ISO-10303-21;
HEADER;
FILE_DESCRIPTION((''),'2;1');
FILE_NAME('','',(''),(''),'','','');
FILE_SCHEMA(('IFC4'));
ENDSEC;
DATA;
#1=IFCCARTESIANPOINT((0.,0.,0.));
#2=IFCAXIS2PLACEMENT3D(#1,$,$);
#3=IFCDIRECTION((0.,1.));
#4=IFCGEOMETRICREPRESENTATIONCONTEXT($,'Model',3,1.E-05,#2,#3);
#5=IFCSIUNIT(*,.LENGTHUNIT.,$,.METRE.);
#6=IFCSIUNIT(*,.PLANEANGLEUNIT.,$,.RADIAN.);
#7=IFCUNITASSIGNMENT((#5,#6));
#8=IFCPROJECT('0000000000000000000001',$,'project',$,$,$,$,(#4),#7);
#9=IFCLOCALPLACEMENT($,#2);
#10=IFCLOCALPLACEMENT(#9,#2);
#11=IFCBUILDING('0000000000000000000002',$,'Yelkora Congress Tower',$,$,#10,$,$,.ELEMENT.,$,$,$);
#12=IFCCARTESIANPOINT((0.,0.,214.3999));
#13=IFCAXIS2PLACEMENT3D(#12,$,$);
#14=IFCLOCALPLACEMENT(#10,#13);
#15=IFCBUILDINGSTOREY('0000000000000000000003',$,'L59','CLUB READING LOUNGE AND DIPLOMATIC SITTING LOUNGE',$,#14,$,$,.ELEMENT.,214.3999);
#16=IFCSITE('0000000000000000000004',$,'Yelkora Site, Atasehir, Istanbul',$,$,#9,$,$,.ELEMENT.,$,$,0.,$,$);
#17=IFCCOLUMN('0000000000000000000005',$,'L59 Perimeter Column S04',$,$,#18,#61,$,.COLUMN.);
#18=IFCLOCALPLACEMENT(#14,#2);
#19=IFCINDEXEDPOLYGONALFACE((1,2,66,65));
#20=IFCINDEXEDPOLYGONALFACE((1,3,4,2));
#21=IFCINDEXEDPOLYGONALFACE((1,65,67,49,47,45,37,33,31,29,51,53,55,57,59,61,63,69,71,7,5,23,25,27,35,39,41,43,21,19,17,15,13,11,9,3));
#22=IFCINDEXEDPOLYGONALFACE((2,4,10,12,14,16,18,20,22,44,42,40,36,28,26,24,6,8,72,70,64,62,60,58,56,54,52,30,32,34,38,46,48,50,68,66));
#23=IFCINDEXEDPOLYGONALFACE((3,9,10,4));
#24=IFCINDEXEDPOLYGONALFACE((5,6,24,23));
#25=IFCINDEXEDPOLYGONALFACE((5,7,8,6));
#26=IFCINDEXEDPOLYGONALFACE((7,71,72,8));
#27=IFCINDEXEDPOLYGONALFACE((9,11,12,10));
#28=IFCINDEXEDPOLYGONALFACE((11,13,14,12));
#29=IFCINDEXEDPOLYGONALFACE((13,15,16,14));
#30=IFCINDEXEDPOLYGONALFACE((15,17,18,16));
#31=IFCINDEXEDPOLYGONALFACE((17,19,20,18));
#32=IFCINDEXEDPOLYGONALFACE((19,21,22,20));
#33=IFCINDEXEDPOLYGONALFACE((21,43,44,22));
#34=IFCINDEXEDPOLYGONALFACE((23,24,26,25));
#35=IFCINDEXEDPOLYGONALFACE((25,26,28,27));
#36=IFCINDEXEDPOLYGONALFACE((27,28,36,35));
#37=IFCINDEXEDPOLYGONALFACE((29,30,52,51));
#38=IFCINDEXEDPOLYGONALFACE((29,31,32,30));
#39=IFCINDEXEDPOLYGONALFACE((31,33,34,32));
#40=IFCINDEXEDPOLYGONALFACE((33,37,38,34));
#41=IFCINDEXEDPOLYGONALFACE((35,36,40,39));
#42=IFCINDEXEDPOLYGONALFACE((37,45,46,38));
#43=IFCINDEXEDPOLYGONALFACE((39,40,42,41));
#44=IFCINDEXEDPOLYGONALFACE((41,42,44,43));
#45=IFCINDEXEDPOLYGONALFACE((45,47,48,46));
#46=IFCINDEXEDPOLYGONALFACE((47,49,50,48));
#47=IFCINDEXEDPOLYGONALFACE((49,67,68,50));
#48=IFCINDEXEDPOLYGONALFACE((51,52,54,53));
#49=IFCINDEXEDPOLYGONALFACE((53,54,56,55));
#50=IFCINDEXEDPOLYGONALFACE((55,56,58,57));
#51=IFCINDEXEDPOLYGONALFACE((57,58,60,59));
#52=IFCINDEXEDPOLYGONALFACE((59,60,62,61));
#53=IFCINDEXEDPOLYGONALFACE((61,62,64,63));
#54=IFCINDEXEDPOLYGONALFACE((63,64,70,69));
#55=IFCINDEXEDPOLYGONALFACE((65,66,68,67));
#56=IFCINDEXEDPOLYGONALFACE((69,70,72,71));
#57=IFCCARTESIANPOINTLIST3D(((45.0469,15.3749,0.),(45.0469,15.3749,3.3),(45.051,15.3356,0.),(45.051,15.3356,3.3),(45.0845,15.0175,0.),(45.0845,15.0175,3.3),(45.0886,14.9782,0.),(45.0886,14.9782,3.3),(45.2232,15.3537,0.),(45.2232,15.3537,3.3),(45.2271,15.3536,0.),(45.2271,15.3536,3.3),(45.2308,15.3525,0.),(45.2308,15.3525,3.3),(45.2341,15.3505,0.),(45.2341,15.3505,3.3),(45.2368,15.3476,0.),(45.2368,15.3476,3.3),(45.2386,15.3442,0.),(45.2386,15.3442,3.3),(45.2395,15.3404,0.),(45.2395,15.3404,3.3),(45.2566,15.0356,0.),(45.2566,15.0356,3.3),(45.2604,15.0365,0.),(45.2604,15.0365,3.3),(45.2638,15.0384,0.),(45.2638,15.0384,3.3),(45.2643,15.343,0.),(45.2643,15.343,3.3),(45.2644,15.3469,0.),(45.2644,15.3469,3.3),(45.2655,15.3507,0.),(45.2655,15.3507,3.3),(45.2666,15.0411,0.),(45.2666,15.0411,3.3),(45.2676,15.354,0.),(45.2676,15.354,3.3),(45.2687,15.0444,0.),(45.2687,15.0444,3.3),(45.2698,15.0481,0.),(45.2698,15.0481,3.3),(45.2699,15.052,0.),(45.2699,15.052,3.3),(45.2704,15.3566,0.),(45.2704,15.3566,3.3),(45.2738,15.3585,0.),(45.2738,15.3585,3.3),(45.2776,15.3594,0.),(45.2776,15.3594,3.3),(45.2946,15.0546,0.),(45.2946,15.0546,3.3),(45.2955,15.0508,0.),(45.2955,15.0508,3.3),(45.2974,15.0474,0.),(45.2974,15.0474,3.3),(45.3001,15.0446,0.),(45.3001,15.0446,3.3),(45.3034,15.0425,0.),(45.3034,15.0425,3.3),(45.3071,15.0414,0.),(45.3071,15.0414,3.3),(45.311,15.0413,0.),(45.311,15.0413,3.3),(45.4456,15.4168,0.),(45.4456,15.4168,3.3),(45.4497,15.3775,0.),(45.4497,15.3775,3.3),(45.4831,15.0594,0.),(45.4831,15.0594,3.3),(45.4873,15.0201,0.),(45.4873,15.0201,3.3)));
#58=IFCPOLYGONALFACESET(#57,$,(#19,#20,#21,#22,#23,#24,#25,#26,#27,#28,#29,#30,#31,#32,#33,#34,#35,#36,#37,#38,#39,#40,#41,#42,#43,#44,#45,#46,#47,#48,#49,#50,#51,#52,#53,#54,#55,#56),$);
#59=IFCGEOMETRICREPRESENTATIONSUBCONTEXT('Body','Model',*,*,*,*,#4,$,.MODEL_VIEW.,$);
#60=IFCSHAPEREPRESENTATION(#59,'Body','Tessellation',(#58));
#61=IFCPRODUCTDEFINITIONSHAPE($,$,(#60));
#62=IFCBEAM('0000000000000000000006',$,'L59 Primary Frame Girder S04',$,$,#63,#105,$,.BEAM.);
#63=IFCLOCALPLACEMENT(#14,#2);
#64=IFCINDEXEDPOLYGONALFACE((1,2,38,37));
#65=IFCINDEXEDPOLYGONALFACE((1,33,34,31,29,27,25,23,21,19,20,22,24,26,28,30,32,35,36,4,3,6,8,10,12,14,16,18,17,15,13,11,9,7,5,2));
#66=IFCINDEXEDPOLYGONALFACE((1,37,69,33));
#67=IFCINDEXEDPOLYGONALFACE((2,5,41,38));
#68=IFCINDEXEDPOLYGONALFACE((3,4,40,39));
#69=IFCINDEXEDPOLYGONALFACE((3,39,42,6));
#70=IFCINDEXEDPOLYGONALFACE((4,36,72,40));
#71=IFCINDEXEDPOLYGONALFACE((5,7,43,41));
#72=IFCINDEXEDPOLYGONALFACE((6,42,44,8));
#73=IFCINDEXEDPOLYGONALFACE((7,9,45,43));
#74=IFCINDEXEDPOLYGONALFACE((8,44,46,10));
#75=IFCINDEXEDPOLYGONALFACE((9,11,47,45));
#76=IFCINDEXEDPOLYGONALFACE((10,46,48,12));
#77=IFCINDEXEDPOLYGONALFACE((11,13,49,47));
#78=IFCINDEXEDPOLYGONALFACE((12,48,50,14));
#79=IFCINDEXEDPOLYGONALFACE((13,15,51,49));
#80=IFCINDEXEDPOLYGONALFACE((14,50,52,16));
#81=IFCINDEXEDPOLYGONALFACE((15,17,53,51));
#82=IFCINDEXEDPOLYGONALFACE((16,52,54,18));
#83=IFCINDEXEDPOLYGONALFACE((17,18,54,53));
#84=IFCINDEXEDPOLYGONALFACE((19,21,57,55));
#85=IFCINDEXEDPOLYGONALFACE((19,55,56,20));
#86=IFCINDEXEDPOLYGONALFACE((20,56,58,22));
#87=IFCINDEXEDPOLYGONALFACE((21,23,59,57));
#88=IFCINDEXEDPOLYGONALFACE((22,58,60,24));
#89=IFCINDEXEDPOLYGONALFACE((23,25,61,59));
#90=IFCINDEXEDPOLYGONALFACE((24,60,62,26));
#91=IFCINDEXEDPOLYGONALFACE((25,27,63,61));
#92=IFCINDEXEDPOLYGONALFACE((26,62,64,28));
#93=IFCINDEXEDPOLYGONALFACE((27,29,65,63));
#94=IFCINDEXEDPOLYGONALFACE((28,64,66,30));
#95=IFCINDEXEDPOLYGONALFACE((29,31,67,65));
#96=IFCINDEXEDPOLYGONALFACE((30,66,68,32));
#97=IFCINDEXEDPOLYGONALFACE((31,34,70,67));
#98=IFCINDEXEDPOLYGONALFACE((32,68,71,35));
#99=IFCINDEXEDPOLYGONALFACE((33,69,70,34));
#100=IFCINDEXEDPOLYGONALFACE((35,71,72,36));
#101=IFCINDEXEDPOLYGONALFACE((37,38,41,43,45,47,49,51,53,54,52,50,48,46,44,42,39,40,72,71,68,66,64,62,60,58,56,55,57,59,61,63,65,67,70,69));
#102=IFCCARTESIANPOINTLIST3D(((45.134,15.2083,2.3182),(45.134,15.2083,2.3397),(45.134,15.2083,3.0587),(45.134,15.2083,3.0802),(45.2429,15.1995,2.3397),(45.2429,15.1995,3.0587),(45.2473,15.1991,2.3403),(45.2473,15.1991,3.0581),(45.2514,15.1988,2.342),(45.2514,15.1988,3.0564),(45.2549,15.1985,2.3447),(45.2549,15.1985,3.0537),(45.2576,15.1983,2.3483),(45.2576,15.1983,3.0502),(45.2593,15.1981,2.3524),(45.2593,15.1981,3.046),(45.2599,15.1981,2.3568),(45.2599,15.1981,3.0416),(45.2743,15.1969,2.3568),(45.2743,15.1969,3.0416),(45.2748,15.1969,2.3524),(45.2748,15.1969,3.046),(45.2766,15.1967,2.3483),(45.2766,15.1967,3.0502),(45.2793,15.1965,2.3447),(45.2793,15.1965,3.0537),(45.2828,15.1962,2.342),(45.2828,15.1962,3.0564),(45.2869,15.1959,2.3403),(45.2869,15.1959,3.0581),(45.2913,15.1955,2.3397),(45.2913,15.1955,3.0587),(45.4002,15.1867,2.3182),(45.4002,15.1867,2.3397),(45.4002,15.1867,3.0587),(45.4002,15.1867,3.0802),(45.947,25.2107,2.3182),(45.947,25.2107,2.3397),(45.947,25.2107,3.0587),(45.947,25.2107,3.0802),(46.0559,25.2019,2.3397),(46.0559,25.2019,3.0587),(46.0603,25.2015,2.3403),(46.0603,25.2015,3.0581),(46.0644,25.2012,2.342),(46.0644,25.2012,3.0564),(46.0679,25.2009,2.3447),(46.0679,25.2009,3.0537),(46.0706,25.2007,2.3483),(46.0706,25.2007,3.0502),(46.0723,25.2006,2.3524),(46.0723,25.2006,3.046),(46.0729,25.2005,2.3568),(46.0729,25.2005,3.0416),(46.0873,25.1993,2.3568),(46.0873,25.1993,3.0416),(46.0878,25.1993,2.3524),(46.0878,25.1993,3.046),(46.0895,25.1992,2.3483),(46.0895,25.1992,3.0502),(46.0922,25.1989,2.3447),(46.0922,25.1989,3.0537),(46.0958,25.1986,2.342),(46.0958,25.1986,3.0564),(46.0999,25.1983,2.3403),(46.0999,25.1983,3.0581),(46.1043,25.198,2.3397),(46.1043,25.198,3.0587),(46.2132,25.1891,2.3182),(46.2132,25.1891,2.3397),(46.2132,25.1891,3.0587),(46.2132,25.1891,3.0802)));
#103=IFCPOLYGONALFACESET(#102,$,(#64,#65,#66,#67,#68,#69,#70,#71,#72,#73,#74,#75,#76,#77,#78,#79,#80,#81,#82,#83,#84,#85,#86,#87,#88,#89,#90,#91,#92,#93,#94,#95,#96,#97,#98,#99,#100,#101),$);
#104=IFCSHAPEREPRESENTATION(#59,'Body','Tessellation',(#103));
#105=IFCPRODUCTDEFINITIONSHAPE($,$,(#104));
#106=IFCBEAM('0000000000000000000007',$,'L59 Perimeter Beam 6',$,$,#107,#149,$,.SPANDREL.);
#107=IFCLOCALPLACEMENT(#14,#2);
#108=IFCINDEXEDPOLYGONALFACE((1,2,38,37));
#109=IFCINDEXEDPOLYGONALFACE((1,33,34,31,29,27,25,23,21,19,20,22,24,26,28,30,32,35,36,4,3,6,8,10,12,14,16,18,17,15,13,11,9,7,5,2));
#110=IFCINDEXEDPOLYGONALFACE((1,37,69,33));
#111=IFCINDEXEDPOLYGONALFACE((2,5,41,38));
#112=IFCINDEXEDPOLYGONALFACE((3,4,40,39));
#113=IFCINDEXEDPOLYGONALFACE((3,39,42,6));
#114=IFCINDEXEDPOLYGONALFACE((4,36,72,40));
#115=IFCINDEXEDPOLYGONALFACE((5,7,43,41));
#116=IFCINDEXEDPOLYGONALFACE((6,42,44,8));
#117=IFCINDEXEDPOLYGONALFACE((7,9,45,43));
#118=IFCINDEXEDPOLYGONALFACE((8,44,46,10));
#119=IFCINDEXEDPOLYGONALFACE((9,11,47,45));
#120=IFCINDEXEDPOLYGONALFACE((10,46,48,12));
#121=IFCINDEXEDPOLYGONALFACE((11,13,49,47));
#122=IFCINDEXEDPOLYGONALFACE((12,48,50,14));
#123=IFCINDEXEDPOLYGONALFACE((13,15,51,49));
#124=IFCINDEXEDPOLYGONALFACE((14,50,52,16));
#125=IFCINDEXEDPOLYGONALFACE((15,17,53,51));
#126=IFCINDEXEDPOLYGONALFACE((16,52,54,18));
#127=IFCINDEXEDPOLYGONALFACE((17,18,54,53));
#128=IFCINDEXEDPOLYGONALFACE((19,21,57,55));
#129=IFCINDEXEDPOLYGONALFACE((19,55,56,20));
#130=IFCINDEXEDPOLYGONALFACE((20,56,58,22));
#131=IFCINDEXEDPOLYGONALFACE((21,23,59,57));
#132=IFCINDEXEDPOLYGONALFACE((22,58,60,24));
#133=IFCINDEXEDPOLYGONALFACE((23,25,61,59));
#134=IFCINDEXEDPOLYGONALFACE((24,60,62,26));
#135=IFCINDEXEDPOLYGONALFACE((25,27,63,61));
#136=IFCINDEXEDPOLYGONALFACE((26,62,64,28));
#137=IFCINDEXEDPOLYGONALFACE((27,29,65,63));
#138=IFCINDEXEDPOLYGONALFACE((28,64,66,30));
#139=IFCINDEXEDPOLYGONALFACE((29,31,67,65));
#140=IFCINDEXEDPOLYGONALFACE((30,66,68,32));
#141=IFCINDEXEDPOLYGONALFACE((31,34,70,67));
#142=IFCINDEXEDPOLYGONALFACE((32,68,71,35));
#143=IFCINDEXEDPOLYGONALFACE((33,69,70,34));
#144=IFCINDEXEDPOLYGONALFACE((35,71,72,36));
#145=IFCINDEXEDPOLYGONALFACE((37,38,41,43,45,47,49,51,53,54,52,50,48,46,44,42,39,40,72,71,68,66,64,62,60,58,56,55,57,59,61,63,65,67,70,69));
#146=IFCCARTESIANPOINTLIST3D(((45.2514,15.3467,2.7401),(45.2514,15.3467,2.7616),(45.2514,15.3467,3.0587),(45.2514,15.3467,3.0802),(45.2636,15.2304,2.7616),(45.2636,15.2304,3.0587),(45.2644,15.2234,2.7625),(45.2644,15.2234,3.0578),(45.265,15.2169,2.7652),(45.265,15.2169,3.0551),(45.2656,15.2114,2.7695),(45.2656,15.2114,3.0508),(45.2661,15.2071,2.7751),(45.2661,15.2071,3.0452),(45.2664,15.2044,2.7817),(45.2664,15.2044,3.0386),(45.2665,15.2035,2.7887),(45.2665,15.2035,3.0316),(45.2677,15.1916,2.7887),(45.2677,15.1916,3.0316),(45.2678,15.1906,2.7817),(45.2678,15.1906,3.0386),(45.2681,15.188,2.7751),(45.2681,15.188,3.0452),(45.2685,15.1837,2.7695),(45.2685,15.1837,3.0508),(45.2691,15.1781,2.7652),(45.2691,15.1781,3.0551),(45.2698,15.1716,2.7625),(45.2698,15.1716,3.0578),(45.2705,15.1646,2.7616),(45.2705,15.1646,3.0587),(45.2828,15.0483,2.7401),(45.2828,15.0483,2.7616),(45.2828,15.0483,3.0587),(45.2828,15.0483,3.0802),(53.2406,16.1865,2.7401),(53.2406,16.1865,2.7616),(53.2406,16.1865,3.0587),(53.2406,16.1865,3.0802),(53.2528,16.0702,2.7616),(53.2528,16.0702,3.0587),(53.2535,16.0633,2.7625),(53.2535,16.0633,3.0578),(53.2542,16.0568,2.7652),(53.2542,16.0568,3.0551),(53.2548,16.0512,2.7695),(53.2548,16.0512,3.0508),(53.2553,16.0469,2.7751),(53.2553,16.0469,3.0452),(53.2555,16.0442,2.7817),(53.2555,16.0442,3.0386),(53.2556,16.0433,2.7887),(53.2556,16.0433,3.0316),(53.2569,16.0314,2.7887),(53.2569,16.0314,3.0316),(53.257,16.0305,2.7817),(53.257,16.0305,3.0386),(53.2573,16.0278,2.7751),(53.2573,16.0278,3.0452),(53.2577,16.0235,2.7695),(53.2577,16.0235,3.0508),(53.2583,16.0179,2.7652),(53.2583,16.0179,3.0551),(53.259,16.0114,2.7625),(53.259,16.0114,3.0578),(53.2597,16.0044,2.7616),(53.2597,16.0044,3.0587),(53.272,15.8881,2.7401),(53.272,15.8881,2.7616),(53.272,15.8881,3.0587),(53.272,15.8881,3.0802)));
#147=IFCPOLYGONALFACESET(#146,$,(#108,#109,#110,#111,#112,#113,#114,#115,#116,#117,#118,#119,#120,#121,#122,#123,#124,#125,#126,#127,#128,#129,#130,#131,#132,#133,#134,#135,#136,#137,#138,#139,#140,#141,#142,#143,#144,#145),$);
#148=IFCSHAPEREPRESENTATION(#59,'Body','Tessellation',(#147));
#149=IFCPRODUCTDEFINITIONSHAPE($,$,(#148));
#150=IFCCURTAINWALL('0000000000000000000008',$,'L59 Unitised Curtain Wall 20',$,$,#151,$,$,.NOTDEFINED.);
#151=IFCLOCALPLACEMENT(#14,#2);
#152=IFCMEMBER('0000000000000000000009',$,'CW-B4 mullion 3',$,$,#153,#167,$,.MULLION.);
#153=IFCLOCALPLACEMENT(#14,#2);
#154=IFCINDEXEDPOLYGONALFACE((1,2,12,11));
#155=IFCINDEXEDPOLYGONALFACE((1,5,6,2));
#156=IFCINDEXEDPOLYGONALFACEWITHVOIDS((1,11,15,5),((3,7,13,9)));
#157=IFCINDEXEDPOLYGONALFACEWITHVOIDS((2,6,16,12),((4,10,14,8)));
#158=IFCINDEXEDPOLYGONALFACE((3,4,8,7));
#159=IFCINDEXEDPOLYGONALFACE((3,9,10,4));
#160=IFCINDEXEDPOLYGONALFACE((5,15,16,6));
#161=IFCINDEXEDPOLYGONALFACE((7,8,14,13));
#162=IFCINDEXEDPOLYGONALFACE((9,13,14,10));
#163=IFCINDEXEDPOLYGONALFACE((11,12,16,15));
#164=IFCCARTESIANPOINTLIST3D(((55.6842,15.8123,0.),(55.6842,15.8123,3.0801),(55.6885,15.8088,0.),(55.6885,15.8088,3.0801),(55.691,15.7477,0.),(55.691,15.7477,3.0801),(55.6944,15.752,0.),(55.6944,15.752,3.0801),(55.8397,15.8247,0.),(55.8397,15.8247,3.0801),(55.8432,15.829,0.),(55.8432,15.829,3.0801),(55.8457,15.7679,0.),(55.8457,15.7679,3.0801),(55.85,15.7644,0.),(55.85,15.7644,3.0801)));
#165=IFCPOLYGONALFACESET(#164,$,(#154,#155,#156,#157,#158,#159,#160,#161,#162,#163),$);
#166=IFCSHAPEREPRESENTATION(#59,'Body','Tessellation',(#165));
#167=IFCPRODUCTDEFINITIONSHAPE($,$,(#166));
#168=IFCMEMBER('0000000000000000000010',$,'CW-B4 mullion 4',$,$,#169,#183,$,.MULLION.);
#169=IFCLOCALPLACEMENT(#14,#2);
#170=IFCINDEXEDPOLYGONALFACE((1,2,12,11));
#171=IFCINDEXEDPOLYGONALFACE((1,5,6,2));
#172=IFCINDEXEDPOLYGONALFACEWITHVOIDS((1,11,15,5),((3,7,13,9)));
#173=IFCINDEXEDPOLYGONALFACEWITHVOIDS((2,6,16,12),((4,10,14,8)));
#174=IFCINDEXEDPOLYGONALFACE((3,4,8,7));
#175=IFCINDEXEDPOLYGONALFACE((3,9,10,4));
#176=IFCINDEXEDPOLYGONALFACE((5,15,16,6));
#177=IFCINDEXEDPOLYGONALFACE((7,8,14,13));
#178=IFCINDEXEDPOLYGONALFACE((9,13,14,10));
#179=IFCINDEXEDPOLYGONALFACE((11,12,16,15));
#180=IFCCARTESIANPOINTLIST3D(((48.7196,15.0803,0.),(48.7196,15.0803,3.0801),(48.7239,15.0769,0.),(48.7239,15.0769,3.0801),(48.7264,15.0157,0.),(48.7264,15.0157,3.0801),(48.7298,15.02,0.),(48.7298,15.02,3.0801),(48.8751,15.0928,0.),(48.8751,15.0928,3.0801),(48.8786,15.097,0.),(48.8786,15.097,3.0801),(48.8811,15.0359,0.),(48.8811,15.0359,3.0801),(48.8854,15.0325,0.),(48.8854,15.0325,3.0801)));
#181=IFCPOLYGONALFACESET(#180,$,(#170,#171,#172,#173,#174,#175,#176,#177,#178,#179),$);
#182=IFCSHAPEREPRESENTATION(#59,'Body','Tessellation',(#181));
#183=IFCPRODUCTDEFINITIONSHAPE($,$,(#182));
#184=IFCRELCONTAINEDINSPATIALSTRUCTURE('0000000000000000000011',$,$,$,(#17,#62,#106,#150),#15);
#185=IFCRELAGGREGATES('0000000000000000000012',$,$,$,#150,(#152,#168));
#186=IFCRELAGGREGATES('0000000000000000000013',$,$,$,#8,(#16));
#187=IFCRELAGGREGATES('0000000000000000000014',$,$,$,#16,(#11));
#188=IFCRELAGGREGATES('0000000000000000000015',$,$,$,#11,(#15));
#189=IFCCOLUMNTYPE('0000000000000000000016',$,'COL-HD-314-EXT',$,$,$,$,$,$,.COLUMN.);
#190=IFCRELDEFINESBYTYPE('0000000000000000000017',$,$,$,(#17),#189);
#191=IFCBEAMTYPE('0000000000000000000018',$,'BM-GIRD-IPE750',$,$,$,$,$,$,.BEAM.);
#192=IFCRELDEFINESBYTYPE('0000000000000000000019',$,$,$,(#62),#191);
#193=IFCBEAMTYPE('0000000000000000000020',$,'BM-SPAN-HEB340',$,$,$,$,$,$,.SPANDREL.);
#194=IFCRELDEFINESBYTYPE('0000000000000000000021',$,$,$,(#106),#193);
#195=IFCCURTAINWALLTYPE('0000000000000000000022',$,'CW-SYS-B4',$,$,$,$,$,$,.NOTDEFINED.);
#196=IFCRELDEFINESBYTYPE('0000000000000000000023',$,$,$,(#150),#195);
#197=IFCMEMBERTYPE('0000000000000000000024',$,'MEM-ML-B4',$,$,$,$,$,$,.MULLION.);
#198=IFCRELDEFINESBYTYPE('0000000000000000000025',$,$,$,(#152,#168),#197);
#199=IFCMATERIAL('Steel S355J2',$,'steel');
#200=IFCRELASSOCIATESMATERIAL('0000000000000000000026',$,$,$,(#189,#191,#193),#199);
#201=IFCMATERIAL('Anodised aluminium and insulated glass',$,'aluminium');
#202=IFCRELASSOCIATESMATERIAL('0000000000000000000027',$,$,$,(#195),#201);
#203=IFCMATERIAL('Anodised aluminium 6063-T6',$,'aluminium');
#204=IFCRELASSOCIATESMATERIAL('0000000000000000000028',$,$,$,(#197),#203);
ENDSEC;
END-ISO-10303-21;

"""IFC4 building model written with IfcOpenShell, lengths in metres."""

from ifc_helpers import new_model, si_unit, direction, frame, origin, origin_2d, place, context, subcontext, project, spatial, hollow_rectangle, i_section, extrude, material, material_profile, profile_set, type_object, element, aggregate, save


model = new_model("IFC4")

# Units and contexts
model_context = context("Model", 3, precision=1e-05, world=origin(), true_north=direction((0.0, 1.0)))
body_context = subcontext(model_context, "Body", "Model", "MODEL_VIEW")
ifc_project = project(units=[si_unit("LENGTHUNIT", "METRE"), si_unit("PLANEANGLEUNIT", "RADIAN")], contexts=[model_context])

# Site, building, storey
site_placement = place(None, origin())
site = spatial("IfcSite", under=ifc_project, at=site_placement, Name="Yelkora Site, Atasehir, Istanbul", CompositionType="ELEMENT", RefElevation=0.0)
building_placement = place(site_placement, origin())
building = spatial("IfcBuilding", under=site, at=building_placement, Name="Yelkora Congress Tower", CompositionType="ELEMENT")
storey_placement = place(building_placement, frame((0.0, 0.0, 214.3999)))
storey = spatial("IfcBuildingStorey", under=building, at=storey_placement, Name="L59", Description="CLUB READING LOUNGE AND DIPLOMATIC SITTING LOUNGE", CompositionType="ELEMENT", Elevation=214.3999)

# Column
ifc_material_1 = material(Name="Steel S355J2", Category="steel")
ifc_material_profile_1 = material_profile(ifc_material_1, i_section(OverallWidth=0.4009, OverallDepth=0.3989, WebThickness=0.0249, FlangeThickness=0.0396, FilletRadius=0.0149, at=origin_2d()), Name="HD 400x314")
ifc_profile_set_1 = profile_set([ifc_material_profile_1], Name="Steel S355J2")
column_type = type_object("IfcColumnType", Name="COL-HD-314-EXT", PredefinedType="COLUMN", material=ifc_profile_set_1)
column_placement = place(storey_placement, frame((45.2671, 15.1975, 0.0), z_axis=(0.0, 0.0, 1.0), x_axis=(0.994522, 0.104528, 0.0)))
element("IfcColumn", 1, at=column_placement, inside=storey, type_object=column_type, Name="L59 Perimeter Column S04", PredefinedType="COLUMN", context=body_context, shape_type="SweptSolid", body=[
    extrude(i_section(OverallWidth=0.4009, OverallDepth=0.3989, WebThickness=0.0249, FlangeThickness=0.0396, FilletRadius=0.0149, at=origin_2d()), origin(), (0.0, 0.0, 1.0), 3.3),
])

# Beams
ifc_material_profile_2 = material_profile(ifc_material_1, i_section(OverallWidth=0.2671, OverallDepth=0.762, WebThickness=0.0144, FlangeThickness=0.0215, FilletRadius=0.0171, at=origin_2d()), Name="IPE 750x173")
ifc_profile_set_2 = profile_set([ifc_material_profile_2], Name="Steel S355J2")
beam_type_1 = type_object("IfcBeamType", Name="BM-GIRD-IPE750", PredefinedType="BEAM", material=ifc_profile_set_2)
beam_1_placement = place(storey_placement, frame((45.2671, 15.1975, 2.6992), z_axis=(0.081012, 0.996713, 0.0), x_axis=(-0.996713, 0.081012, 0.0)))
element("IfcBeam", 2, at=beam_1_placement, inside=storey, type_object=beam_type_1, Name="L59 Primary Frame Girder S04", PredefinedType="BEAM", context=body_context, shape_type="SweptSolid", body=[
    extrude(i_section(OverallWidth=0.2671, OverallDepth=0.762, WebThickness=0.0144, FlangeThickness=0.0215, FilletRadius=0.0171, at=origin_2d()), origin(), (0.0, 0.0, 1.0), 10.0354),
])
ifc_material_profile_3 = material_profile(ifc_material_1, i_section(OverallWidth=0.3, OverallDepth=0.3401, WebThickness=0.012, FlangeThickness=0.0215, FilletRadius=0.0271, at=origin_2d()), Name="HEB 340")
ifc_profile_set_3 = profile_set([ifc_material_profile_3], Name="Steel S355J2")
beam_type_2 = type_object("IfcBeamType", Name="BM-SPAN-HEB340", PredefinedType="SPANDREL", material=ifc_profile_set_3)
beam_2_placement = place(storey_placement, frame((45.2671, 15.1975, 2.9102), z_axis=(0.99452, 0.104546, 0.0), x_axis=(-0.104546, 0.99452, 0.0)))
element("IfcBeam", 3, at=beam_2_placement, inside=storey, type_object=beam_type_2, Name="L59 Perimeter Beam 6", PredefinedType="SPANDREL", context=body_context, shape_type="SweptSolid", body=[
    extrude(i_section(OverallWidth=0.3, OverallDepth=0.3401, WebThickness=0.012, FlangeThickness=0.0215, FilletRadius=0.0271, at=origin_2d()), origin(), (0.0, 0.0, 1.0), 8.0332),
])

# Curtain wall, members
ifc_material_2 = material(Name="Anodised aluminium and insulated glass", Category="aluminium")
curtain_wall_type = type_object("IfcCurtainWallType", Name="CW-SYS-B4", PredefinedType="NOTDEFINED", material=ifc_material_2)
curtain_wall_placement = place(storey_placement, origin())
curtain_wall = element("IfcCurtainWall", 4, at=curtain_wall_placement, inside=storey, type_object=curtain_wall_type, Name="L59 Unitised Curtain Wall 20", PredefinedType="NOTDEFINED")
ifc_material_3 = material(Name="Anodised aluminium 6063-T6", Category="aluminium")
ifc_material_profile_4 = material_profile(ifc_material_3, hollow_rectangle(XDim=0.0649, YDim=0.1599, WallThickness=0.0039, at=origin_2d()), Name="ALU 65x160x4")
ifc_profile_set_4 = profile_set([ifc_material_profile_4], Name="Anodised aluminium 6063-T6")
member_type_1 = type_object("IfcMemberType", Name="MEM-ML-B4", PredefinedType="MULLION", material=ifc_profile_set_4)
member_1_placement = place(storey_placement, frame((55.7671, 15.7883, 0.0), z_axis=(0.0, 0.0, 1.0), x_axis=(0.104527, -0.994522, 0.0)))
member_1 = element("IfcMember", 5, at=member_1_placement, type_object=member_type_1, Name="CW-B4 mullion 3", PredefinedType="MULLION", context=body_context, shape_type="SweptSolid", body=[
    extrude(hollow_rectangle(XDim=0.0649, YDim=0.1599, WallThickness=0.0039, at=origin_2d()), origin(), (0.0, 0.0, 1.0), 3.0801),
])
member_2_placement = place(storey_placement, frame((48.8025, 15.0564, 0.0), z_axis=(0.0, 0.0, 1.0), x_axis=(0.104527, -0.994522, 0.0)))
member_2 = element("IfcMember", 6, at=member_2_placement, type_object=member_type_1, Name="CW-B4 mullion 4", PredefinedType="MULLION", context=body_context, shape_type="SweptSolid", body=[
    extrude(hollow_rectangle(XDim=0.0649, YDim=0.1599, WallThickness=0.0039, at=origin_2d()), origin(), (0.0, 0.0, 1.0), 3.0801),
])
aggregate(curtain_wall, [member_1, member_2])

save(model, "model.ifc")
